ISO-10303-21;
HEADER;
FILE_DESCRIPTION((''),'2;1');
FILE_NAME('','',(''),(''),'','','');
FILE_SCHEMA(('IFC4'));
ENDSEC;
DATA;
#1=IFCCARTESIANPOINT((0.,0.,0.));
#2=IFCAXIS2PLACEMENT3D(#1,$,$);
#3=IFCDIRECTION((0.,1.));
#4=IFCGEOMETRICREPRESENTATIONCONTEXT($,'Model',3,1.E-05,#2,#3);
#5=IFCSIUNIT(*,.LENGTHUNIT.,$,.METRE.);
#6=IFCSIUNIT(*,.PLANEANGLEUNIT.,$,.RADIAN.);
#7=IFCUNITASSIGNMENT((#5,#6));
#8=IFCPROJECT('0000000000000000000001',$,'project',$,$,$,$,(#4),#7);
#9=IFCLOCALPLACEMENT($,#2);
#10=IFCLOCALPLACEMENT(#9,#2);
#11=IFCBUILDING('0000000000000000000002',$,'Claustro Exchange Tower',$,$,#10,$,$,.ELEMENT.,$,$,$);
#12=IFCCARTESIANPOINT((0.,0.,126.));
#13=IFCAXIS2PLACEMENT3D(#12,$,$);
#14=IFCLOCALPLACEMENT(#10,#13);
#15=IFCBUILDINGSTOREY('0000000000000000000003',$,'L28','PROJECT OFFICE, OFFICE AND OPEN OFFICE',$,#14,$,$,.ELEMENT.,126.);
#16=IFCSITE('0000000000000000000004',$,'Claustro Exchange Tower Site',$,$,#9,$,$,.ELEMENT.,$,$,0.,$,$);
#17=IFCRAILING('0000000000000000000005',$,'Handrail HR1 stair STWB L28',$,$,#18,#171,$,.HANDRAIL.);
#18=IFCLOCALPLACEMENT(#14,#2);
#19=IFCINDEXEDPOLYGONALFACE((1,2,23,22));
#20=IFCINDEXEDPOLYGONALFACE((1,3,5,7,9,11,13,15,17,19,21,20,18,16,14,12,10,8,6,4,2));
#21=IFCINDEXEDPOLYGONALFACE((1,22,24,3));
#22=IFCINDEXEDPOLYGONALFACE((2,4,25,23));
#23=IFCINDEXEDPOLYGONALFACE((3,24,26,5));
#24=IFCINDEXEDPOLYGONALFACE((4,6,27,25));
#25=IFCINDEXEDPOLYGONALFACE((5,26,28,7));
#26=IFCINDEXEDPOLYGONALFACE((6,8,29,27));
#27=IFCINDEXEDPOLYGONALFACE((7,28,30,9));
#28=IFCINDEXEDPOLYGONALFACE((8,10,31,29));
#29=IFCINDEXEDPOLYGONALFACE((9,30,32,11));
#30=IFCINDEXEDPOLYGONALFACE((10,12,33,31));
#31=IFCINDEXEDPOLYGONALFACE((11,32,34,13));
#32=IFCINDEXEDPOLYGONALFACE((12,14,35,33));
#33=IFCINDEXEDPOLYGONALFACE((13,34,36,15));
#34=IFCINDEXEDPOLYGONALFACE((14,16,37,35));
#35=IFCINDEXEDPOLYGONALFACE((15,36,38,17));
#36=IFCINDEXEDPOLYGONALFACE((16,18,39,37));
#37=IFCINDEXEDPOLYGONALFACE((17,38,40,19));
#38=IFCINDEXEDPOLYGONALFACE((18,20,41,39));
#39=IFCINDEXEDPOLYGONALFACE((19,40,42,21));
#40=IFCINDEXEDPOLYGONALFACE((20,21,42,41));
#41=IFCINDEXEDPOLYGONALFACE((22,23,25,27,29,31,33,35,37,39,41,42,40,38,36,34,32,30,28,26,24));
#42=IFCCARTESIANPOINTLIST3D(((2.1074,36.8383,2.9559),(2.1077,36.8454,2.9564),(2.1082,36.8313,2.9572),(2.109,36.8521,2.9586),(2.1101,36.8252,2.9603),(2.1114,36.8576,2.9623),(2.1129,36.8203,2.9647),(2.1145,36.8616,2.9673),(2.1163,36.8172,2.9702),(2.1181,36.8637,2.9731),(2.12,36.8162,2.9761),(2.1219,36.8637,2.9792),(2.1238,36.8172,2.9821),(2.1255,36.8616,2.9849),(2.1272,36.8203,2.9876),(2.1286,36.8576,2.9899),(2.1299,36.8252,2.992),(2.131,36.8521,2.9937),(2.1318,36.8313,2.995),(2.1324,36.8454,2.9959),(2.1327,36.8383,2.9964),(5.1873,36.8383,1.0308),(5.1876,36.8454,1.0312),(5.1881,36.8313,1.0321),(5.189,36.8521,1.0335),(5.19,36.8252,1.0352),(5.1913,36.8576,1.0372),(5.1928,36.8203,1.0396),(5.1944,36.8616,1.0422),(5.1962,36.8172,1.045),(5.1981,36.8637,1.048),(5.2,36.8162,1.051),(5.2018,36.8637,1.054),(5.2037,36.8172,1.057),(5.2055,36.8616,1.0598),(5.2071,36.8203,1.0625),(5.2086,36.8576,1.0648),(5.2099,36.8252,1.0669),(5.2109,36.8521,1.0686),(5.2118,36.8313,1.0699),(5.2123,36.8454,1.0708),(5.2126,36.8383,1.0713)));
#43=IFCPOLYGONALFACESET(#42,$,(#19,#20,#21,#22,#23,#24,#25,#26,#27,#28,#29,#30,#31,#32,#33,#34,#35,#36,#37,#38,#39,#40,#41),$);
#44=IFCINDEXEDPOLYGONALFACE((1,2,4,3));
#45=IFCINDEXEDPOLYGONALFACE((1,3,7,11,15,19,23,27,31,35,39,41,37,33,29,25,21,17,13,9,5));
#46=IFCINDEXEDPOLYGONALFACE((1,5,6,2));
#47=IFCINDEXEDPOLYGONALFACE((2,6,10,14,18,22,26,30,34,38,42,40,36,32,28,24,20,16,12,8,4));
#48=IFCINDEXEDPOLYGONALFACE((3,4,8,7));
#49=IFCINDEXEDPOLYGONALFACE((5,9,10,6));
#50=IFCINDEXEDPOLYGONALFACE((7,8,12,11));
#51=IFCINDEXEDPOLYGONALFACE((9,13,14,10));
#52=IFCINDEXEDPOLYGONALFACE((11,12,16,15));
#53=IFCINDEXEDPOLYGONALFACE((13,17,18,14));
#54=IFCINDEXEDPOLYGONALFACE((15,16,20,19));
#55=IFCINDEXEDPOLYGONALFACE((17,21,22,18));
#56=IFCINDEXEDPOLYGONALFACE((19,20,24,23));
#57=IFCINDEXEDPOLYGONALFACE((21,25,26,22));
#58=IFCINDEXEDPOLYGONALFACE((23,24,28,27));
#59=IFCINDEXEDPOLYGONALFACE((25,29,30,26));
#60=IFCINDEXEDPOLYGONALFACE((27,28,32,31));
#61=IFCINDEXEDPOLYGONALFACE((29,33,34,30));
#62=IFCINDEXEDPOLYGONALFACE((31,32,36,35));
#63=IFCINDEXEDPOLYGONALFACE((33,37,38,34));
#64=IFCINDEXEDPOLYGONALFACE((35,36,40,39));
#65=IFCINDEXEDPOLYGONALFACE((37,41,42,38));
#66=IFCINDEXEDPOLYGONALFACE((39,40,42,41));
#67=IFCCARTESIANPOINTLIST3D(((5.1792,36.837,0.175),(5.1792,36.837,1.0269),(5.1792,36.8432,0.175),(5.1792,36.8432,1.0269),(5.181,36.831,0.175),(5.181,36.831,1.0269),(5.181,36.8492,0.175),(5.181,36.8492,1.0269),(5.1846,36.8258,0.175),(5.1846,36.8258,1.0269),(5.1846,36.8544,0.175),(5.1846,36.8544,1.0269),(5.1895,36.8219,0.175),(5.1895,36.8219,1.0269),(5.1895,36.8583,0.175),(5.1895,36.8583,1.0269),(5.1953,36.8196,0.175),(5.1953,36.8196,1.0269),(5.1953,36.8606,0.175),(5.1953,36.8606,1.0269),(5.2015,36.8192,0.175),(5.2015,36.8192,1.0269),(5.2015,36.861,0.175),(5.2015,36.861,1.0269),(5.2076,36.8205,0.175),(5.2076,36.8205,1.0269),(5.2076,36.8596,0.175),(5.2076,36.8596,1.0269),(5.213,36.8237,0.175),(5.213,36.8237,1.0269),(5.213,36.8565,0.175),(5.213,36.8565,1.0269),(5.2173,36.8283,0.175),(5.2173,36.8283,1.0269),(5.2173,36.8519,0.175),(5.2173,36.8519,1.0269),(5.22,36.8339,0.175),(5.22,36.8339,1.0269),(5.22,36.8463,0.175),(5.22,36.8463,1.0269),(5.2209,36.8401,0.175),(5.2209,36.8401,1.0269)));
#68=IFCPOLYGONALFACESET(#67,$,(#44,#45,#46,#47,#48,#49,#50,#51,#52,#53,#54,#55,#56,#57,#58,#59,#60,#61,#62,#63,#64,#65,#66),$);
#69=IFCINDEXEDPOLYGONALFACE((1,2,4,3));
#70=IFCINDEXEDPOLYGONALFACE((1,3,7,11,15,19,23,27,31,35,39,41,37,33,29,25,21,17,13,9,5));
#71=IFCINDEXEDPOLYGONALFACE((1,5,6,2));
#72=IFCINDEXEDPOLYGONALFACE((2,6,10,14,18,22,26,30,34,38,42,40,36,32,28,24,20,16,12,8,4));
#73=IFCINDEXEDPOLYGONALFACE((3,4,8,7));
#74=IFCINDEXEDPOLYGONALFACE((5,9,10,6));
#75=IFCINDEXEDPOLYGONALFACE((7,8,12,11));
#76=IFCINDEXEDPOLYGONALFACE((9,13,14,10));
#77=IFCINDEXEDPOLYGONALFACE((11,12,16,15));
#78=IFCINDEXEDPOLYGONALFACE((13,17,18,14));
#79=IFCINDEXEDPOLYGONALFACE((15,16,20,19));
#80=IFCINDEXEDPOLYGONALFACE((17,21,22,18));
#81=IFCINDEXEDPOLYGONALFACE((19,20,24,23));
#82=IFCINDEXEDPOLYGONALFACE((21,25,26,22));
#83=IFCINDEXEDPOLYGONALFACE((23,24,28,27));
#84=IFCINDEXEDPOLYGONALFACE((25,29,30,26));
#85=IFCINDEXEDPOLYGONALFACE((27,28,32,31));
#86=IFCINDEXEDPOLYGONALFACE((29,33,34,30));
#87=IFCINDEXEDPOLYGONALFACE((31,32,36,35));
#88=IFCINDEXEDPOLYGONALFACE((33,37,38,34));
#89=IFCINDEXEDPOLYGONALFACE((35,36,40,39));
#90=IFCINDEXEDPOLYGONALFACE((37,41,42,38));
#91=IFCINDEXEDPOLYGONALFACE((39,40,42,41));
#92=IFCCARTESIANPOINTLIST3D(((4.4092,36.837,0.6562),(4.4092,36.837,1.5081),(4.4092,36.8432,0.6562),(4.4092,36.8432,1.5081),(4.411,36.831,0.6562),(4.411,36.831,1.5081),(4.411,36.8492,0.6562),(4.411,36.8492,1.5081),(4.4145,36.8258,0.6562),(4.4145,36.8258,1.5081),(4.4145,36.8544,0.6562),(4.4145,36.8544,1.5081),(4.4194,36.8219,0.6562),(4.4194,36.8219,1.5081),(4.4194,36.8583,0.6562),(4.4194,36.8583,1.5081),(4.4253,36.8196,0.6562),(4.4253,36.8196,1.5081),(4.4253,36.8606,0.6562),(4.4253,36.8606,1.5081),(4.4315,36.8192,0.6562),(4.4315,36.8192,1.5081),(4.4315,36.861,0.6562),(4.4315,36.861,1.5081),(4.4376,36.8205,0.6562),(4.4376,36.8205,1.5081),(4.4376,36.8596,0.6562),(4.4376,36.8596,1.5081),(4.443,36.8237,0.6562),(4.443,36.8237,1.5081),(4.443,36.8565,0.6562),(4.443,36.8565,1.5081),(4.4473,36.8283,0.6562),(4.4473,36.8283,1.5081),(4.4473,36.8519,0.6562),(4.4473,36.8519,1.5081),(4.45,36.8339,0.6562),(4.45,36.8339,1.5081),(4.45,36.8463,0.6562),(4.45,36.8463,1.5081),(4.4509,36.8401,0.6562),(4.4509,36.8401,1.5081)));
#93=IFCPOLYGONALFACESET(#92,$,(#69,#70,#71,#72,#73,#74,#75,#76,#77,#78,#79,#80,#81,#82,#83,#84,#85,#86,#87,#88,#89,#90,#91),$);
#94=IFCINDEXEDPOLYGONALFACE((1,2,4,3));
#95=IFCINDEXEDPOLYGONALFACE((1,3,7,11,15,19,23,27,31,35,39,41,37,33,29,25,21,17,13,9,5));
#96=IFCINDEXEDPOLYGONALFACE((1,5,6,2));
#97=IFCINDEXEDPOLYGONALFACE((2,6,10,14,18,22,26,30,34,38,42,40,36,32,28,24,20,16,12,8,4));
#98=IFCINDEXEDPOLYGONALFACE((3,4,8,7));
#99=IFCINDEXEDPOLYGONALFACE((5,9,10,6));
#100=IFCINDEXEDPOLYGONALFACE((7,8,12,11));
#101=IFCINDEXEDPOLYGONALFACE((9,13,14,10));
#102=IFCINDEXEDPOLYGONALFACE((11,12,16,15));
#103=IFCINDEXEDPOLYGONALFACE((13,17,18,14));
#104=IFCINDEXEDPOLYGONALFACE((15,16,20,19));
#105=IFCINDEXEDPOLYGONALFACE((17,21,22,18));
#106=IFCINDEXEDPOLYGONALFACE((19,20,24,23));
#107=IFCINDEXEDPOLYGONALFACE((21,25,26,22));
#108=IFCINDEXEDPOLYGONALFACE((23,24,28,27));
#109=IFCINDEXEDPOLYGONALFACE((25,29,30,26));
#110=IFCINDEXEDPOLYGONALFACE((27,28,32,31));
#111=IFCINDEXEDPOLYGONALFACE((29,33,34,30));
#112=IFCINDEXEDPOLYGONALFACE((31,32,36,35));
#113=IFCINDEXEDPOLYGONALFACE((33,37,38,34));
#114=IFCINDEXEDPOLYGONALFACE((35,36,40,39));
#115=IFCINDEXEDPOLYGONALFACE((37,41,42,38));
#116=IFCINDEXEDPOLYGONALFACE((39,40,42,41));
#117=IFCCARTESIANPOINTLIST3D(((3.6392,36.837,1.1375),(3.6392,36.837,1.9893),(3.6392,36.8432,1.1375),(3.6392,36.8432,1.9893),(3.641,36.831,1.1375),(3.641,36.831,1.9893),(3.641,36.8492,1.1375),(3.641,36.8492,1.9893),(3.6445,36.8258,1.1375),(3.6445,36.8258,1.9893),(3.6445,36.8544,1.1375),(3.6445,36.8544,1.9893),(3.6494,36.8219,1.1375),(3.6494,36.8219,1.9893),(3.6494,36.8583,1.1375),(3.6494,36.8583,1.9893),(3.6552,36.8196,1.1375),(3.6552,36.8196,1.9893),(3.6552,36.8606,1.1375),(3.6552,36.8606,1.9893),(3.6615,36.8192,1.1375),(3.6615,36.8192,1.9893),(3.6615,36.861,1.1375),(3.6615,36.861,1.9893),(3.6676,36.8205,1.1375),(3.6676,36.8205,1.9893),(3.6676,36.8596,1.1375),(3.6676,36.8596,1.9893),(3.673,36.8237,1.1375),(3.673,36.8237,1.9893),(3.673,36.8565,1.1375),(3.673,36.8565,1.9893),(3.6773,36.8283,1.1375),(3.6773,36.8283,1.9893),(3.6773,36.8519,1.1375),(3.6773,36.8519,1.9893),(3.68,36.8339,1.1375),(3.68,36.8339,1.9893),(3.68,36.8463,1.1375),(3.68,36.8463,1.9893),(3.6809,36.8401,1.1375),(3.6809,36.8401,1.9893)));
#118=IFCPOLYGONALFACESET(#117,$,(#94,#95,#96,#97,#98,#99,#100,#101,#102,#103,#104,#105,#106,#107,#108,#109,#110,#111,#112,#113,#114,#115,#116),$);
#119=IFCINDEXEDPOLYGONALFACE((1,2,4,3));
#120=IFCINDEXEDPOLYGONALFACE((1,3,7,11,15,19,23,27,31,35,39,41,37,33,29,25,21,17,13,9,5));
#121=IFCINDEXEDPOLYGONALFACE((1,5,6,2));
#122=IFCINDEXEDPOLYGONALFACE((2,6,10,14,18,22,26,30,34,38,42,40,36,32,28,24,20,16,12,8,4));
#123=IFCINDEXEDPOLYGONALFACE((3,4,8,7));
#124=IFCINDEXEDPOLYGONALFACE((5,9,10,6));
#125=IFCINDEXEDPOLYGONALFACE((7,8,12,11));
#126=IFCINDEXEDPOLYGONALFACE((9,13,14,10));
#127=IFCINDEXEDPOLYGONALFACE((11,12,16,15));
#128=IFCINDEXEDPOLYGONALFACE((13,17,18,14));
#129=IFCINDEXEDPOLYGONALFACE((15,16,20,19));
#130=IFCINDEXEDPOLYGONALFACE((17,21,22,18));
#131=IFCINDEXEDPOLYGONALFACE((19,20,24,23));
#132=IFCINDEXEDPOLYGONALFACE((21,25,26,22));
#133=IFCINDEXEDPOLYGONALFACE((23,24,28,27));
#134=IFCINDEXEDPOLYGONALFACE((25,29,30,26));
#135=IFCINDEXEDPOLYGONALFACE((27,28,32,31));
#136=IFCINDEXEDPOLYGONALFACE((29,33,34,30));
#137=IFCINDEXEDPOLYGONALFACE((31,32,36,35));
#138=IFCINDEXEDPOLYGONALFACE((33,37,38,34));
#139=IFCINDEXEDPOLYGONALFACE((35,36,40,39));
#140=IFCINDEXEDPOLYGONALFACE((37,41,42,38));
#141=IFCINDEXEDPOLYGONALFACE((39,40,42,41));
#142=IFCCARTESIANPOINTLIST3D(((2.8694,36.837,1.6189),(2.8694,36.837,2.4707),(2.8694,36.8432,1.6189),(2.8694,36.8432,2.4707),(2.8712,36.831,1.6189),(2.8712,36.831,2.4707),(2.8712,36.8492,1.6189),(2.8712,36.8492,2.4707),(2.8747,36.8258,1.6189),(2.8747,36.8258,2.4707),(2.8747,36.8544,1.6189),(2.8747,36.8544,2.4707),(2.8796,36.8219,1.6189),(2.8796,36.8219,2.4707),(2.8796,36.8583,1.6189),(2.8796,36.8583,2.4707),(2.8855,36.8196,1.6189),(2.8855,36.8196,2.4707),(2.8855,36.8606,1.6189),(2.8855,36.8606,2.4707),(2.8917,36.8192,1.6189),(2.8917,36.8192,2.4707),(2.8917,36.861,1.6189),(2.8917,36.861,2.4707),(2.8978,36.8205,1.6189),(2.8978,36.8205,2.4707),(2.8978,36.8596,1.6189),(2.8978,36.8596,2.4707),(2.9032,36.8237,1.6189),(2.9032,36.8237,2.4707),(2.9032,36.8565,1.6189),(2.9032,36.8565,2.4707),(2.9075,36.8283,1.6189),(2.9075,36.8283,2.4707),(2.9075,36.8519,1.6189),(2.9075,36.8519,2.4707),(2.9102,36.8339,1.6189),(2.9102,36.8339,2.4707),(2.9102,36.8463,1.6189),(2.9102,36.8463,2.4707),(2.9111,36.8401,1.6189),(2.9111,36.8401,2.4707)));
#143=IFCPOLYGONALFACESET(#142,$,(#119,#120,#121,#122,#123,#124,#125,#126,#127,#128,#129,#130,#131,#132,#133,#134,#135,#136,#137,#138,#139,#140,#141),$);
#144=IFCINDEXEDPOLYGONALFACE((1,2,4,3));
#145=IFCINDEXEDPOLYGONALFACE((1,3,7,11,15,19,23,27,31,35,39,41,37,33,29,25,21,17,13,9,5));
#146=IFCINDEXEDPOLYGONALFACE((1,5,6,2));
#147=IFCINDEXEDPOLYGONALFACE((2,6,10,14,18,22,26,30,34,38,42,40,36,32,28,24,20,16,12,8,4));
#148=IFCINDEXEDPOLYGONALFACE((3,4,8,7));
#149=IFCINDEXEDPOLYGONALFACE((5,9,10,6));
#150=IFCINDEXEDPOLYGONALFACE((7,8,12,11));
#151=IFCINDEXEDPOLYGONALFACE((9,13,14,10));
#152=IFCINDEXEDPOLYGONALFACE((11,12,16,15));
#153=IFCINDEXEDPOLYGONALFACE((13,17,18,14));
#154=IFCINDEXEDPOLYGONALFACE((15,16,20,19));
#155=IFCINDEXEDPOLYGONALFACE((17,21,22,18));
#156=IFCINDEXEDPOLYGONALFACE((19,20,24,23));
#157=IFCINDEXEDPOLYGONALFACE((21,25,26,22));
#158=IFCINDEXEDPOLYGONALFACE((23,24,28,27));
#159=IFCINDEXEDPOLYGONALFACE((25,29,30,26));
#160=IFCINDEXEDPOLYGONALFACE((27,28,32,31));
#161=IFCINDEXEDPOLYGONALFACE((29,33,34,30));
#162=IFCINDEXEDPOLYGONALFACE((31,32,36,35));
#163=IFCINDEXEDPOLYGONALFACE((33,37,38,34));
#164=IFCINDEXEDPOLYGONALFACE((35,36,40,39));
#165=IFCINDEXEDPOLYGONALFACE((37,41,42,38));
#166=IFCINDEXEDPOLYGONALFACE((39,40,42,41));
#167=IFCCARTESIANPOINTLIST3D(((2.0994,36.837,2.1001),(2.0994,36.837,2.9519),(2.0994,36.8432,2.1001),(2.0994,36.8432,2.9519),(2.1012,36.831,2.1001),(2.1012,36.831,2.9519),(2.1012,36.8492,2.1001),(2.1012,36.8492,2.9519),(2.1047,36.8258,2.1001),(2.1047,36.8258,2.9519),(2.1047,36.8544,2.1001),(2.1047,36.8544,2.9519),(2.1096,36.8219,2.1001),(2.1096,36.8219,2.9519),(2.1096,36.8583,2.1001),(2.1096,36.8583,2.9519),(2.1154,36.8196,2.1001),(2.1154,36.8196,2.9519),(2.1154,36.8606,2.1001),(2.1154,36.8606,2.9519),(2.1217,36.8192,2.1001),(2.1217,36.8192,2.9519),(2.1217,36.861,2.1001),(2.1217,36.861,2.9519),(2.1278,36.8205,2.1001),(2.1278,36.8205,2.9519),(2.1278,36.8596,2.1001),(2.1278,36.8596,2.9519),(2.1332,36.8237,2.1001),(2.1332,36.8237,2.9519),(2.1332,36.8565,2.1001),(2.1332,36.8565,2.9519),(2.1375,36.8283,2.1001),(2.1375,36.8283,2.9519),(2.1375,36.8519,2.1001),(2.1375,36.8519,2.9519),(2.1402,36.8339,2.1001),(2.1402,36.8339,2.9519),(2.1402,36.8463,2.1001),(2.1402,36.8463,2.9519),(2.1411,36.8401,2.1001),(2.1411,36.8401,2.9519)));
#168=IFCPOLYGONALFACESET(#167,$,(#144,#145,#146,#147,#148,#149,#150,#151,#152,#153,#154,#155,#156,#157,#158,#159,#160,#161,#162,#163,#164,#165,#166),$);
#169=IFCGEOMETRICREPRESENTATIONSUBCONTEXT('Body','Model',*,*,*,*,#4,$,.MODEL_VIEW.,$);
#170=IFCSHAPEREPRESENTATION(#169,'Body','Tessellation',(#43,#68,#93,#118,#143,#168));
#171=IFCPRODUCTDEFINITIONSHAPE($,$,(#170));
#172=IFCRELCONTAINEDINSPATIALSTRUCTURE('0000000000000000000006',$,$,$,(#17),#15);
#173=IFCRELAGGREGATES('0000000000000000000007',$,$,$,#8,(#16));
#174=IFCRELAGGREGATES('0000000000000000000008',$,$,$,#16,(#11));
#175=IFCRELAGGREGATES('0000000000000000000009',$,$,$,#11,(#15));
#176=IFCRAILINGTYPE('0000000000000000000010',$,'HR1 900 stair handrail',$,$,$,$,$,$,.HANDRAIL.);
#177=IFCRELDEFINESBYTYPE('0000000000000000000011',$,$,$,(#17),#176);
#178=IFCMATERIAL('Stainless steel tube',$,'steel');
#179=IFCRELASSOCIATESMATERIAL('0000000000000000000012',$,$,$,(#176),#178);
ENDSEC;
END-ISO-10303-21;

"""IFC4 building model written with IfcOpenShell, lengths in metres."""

from ifc_helpers import new_model, si_unit, direction, frame, origin, origin_2d, place, context, subcontext, project, spatial, circle, extrude, material, type_object, element, save


model = new_model("IFC4")

# Units and contexts
model_context = context("Model", 3, precision=1e-05, world=origin(), true_north=direction((0.0, 1.0)))
body_context = subcontext(model_context, "Body", "Model", "MODEL_VIEW")
ifc_project = project(units=[si_unit("LENGTHUNIT", "METRE"), si_unit("PLANEANGLEUNIT", "RADIAN")], contexts=[model_context])

# Site, building, storey
site_placement = place(None, origin())
site = spatial("IfcSite", under=ifc_project, at=site_placement, Name="Claustro Exchange Tower Site", CompositionType="ELEMENT", RefElevation=0.0)
building_placement = place(site_placement, origin())
building = spatial("IfcBuilding", under=site, at=building_placement, Name="Claustro Exchange Tower", CompositionType="ELEMENT")
storey_placement = place(building_placement, frame((0.0, 0.0, 126.0)))
storey = spatial("IfcBuildingStorey", under=building, at=storey_placement, Name="L28", Description="PROJECT OFFICE, OFFICE AND OPEN OFFICE", CompositionType="ELEMENT", Elevation=126.0)

# Railing
ifc_material_1 = material(Name="Stainless steel tube", Category="steel")
railing_type_1 = type_object("IfcRailingType", Name="HR1 900 stair handrail", PredefinedType="HANDRAIL", material=ifc_material_1)
railing_1_placement = place(storey_placement, frame((5.2, 36.8401, 0.175)))
element("IfcRailing", 1, at=railing_1_placement, inside=storey, type_object=railing_type_1, Name="Handrail HR1 stair STWB L28", PredefinedType="HANDRAIL", context=body_context, shape_type="SweptSolid", body=[
    extrude(circle(Radius=0.0239, at=origin_2d()), frame((0.0, 0.0, 0.876), z_axis=(-0.847979, 0.0, 0.530029), x_axis=(0.0, -1.0, 0.0)), (0.0, 0.0, 1.0), 3.6321),
    extrude(circle(Radius=0.021, at=origin_2d()), origin(), (0.0, 0.0, 1.0), 0.8518),
    extrude(circle(Radius=0.021, at=origin_2d()), frame((-0.77, 0.0, 0.4812)), (0.0, 0.0, 1.0), 0.8518),
    extrude(circle(Radius=0.021, at=origin_2d()), frame((-1.54, 0.0, 0.9624)), (0.0, 0.0, 1.0), 0.8518),
    extrude(circle(Radius=0.021, at=origin_2d()), frame((-2.3098, 0.0, 1.4438)), (0.0, 0.0, 1.0), 0.8518),
    extrude(circle(Radius=0.021, at=origin_2d()), frame((-3.0798, 0.0, 1.925)), (0.0, 0.0, 1.0), 0.8518),
])

save(model, "model.ifc")
